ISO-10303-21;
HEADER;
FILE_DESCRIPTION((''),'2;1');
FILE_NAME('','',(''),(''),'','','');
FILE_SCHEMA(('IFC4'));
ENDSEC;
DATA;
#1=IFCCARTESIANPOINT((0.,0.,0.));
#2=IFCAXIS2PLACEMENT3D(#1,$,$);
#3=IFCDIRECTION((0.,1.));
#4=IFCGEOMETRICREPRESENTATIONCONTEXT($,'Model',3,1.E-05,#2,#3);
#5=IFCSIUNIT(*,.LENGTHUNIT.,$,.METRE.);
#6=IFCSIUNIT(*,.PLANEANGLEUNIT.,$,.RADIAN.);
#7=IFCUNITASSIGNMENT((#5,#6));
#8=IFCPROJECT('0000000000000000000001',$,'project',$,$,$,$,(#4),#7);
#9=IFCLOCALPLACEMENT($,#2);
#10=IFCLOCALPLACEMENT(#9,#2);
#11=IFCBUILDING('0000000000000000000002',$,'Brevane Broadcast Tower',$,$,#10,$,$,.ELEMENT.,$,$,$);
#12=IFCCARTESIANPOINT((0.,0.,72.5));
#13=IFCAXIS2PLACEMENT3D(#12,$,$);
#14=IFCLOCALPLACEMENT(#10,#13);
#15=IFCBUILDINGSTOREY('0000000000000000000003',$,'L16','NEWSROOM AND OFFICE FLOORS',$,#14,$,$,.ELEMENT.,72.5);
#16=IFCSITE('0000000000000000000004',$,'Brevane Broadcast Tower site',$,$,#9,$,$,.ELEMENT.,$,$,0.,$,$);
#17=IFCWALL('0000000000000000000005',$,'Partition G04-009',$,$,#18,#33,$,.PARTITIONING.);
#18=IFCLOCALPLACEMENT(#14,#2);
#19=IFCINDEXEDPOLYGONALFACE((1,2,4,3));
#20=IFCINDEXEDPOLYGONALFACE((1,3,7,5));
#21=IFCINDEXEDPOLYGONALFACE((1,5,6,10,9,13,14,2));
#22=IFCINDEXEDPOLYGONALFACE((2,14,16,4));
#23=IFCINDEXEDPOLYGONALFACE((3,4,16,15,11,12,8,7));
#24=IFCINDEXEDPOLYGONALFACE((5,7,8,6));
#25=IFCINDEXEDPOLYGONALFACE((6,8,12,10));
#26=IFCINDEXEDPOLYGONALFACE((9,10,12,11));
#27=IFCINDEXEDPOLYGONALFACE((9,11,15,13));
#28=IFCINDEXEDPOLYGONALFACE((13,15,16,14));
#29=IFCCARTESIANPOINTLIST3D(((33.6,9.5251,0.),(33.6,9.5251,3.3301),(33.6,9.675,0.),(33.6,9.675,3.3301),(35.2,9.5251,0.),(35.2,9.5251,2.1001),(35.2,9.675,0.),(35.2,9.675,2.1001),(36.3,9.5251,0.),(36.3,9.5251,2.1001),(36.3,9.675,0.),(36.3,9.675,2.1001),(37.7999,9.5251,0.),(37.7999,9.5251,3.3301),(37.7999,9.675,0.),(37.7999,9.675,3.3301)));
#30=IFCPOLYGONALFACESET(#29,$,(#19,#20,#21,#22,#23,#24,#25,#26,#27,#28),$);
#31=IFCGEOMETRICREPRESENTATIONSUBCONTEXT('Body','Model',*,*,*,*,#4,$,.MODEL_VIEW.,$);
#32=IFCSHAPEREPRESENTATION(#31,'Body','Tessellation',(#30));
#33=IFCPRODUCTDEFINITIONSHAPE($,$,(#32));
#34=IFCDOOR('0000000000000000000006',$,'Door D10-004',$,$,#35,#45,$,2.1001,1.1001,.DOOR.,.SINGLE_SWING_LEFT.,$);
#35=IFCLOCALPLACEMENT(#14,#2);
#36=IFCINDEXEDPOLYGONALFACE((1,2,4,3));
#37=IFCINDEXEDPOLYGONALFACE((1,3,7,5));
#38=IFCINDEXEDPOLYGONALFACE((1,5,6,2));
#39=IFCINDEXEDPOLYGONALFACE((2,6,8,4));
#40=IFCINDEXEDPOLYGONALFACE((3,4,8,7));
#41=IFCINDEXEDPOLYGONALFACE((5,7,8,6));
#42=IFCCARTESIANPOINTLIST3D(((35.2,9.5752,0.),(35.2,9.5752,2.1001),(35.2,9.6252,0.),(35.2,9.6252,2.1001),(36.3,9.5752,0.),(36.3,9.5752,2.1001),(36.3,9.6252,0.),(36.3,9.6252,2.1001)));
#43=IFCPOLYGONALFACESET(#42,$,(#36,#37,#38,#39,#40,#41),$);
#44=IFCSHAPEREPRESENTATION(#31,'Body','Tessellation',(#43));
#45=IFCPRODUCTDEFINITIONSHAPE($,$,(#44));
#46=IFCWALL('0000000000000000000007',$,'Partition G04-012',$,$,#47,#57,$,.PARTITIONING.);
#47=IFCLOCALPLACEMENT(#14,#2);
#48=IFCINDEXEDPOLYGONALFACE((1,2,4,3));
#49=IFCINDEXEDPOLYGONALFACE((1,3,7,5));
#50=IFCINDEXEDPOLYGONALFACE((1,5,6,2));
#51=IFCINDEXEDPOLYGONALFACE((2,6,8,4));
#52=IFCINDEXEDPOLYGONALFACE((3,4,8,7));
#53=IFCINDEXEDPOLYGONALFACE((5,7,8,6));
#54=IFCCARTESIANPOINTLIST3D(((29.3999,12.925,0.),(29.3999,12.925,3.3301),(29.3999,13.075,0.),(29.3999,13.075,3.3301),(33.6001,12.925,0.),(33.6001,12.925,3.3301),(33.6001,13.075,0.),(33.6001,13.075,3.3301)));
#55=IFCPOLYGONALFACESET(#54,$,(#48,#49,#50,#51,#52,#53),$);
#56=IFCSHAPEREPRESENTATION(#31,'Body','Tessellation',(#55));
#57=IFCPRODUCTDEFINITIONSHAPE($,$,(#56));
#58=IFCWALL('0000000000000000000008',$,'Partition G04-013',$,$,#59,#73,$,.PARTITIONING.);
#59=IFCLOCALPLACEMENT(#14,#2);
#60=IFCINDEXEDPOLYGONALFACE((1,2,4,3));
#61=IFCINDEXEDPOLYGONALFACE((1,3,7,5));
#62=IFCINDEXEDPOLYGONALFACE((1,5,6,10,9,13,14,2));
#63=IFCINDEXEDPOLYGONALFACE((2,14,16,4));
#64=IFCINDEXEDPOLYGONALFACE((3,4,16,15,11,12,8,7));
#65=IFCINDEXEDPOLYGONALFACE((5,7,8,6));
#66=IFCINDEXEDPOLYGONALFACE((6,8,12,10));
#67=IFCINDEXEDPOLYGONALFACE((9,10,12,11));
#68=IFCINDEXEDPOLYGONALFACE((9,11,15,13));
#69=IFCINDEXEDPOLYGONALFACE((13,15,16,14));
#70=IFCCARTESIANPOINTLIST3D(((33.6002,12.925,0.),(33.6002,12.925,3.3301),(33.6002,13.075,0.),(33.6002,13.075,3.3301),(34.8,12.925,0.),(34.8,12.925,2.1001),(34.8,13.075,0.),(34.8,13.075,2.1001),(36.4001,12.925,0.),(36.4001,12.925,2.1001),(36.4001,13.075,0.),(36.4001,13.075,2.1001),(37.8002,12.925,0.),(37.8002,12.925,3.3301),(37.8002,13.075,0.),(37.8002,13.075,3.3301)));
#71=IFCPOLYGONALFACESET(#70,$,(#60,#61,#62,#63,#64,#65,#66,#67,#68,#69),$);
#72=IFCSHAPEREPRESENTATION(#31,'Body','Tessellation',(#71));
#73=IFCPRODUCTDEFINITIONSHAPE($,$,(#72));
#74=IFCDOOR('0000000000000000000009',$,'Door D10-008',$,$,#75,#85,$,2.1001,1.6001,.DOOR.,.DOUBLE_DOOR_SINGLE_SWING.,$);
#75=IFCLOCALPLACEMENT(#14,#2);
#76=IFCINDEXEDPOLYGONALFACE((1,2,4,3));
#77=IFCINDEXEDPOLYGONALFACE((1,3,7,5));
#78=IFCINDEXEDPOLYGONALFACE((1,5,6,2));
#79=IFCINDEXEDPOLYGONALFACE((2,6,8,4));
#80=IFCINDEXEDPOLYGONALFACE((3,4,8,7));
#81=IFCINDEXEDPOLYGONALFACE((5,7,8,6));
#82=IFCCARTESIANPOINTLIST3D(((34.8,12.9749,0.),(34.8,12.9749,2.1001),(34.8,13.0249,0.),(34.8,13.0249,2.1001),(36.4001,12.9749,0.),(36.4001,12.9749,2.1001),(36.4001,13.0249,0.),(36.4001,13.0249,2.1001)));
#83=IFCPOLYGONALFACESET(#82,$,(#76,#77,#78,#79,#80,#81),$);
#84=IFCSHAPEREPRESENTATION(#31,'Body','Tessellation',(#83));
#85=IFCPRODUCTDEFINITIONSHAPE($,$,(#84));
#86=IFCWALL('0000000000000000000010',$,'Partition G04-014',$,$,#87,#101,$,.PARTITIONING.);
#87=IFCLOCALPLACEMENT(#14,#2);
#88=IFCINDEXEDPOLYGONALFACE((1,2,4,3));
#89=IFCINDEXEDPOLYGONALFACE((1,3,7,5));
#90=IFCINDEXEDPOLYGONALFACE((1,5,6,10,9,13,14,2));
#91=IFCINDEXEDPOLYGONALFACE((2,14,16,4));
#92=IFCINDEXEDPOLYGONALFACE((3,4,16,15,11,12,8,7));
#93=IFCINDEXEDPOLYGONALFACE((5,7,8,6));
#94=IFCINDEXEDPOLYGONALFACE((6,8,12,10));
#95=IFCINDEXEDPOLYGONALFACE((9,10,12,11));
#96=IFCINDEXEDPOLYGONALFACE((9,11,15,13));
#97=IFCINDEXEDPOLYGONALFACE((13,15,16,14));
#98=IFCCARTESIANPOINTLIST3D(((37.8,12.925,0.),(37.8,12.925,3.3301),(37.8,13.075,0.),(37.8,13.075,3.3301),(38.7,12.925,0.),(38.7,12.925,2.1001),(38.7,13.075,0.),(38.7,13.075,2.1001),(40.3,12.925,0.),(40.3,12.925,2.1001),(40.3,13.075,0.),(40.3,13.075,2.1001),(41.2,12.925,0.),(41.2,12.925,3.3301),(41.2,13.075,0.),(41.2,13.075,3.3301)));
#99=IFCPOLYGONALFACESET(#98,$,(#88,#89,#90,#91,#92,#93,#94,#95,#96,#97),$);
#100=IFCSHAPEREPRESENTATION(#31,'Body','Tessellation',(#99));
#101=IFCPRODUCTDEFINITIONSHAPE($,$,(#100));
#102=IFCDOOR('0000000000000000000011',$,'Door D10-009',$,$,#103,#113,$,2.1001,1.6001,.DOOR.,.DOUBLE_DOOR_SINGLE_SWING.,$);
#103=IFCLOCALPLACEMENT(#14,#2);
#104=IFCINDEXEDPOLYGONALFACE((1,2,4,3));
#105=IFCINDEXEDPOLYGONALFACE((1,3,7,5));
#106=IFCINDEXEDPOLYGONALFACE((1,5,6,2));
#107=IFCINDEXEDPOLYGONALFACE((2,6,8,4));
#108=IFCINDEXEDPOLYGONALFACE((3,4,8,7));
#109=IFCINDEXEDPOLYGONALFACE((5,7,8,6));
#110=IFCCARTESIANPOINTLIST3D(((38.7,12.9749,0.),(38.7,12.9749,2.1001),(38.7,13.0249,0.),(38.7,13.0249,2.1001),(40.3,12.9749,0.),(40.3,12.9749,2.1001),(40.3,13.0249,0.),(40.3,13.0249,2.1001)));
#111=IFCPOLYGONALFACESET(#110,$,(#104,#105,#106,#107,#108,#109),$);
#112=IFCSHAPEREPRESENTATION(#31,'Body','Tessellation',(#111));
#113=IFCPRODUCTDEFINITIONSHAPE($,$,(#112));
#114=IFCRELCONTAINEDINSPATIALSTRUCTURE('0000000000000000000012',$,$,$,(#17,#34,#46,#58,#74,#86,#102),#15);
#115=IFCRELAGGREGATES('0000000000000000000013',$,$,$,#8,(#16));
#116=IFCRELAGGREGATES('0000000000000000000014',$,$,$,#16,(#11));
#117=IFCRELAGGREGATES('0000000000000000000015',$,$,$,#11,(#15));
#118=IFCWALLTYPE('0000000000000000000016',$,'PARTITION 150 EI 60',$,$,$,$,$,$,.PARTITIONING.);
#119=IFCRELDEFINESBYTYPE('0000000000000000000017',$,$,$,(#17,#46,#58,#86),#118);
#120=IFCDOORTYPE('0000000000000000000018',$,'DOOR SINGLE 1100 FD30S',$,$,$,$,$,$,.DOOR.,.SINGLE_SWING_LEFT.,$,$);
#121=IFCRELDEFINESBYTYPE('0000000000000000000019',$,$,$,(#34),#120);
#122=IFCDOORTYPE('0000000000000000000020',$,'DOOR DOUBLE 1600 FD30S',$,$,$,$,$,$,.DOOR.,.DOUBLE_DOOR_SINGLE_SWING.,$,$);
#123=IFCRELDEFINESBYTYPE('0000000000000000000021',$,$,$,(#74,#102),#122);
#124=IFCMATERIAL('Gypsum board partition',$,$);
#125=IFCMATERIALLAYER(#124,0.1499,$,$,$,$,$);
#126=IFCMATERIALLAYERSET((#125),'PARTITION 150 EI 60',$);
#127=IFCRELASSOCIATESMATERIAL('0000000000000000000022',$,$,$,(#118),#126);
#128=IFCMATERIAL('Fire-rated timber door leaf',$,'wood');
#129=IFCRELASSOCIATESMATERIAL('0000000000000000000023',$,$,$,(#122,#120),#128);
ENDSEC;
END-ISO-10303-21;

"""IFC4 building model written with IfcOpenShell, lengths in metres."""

from ifc_helpers import new_model, si_unit, direction, frame, frame_2d, origin, place, context, subcontext, project, spatial, rectangle, extrude, material, layer, layer_set, type_object, element, fill, save


model = new_model("IFC4")

# Units and contexts
model_context = context("Model", 3, precision=1e-05, world=origin(), true_north=direction((0.0, 1.0)))
body_context = subcontext(model_context, "Body", "Model", "MODEL_VIEW")
ifc_project = project(units=[si_unit("LENGTHUNIT", "METRE"), si_unit("PLANEANGLEUNIT", "RADIAN")], contexts=[model_context])

# Site, building, storey
site_placement = place(None, origin())
site = spatial("IfcSite", under=ifc_project, at=site_placement, Name="Brevane Broadcast Tower site", CompositionType="ELEMENT", RefElevation=0.0)
building_placement = place(site_placement, origin())
building = spatial("IfcBuilding", under=site, at=building_placement, Name="Brevane Broadcast Tower", CompositionType="ELEMENT")
storey_placement = place(building_placement, frame((0.0, 0.0, 72.5)))
storey = spatial("IfcBuildingStorey", under=building, at=storey_placement, Name="L16", Description="NEWSROOM AND OFFICE FLOORS", CompositionType="ELEMENT", Elevation=72.5)

# Shared definitions
ifc_material_1 = material(Name="Gypsum board partition")
ifc_layer_1 = layer(ifc_material_1, 0.1499)
ifc_layer_set_1 = layer_set([ifc_layer_1], Name="PARTITION 150 EI 60")
wall_type_1 = type_object("IfcWallType", Name="PARTITION 150 EI 60", PredefinedType="PARTITIONING", material=ifc_layer_set_1)

# Wall, opening, door
ifc_material_2 = material(Name="Fire-rated timber door leaf", Category="wood")
door_type_1 = type_object("IfcDoorType", Name="DOOR DOUBLE 1600 FD30S", OperationType="DOUBLE_DOOR_SINGLE_SWING", PredefinedType="DOOR", material=ifc_material_2)
wall_1_placement = place(storey_placement, frame((37.8, 9.6001, 0.0), z_axis=(0.0, 0.0, 1.0), x_axis=(-1.0, 0.0, 0.0)))
wall_1 = element("IfcWall", 1, at=wall_1_placement, inside=storey, type_object=wall_type_1, Name="Partition G04-009", PredefinedType="PARTITIONING", context=body_context, shape_type="SweptSolid", body=[
    extrude(rectangle(XDim=4.2, YDim=0.1499, at=frame_2d((2.1001, 0.0))), origin(), (0.0, 0.0, 1.0), 3.3301),
])
opening_1_placement = place(wall_1_placement, frame((1.5, 0.0, 0.0)))
opening_1 = element("IfcOpeningElement", 2, at=opening_1_placement, cuts=wall_1, PredefinedType="OPENING", context=body_context, shape_type="SweptSolid", body=[
    extrude(rectangle(XDim=1.1001, YDim=2.1001, at=frame_2d((0.55, 1.05))), frame((0.0, 0.085, 0.0), z_axis=(0.0, -1.0, 0.0), x_axis=(1.0, 0.0, 0.0)), (0.0, 0.0, 1.0), 0.1699),
])
door_type_2 = type_object("IfcDoorType", Name="DOOR SINGLE 1100 FD30S", OperationType="SINGLE_SWING_LEFT", PredefinedType="DOOR", material=ifc_material_2)
door_1_placement = place(opening_1_placement, origin())
door_1 = element("IfcDoor", 3, at=door_1_placement, inside=storey, type_object=door_type_2, Name="Door D10-004", OperationType="SINGLE_SWING_LEFT", OverallHeight=2.1001, OverallWidth=1.1001, PredefinedType="DOOR", context=body_context, shape_type="SweptSolid", body=[
    extrude(rectangle(XDim=1.1001, YDim=2.1001, at=frame_2d((0.55, 1.05))), frame((0.0, 0.0249, 0.0), z_axis=(0.0, -1.0, 0.0), x_axis=(1.0, 0.0, 0.0)), (0.0, 0.0, 1.0), 0.05),
])
fill(opening_1, door_1)

# Wall
wall_2_placement = place(storey_placement, frame((29.3999, 13.0, 0.0), z_axis=(0.0, 0.0, 1.0), x_axis=(1.0, 0.0, 0.0)))
element("IfcWall", 4, at=wall_2_placement, inside=storey, type_object=wall_type_1, Name="Partition G04-012", PredefinedType="PARTITIONING", context=body_context, shape_type="SweptSolid", body=[
    extrude(rectangle(XDim=4.2002, YDim=0.1499, at=frame_2d((2.1001, 0.0))), origin(), (0.0, 0.0, 1.0), 3.3301),
])

# Walls, openings, doors
wall_3_placement = place(storey_placement, frame((33.6001, 13.0, 0.0), z_axis=(0.0, 0.0, 1.0), x_axis=(1.0, 0.0, 0.0)))
wall_3 = element("IfcWall", 5, at=wall_3_placement, inside=storey, type_object=wall_type_1, Name="Partition G04-013", PredefinedType="PARTITIONING", context=body_context, shape_type="SweptSolid", body=[
    extrude(rectangle(XDim=4.2, YDim=0.1499, at=frame_2d((2.1001, 0.0))), origin(), (0.0, 0.0, 1.0), 3.3301),
])
opening_2_placement = place(wall_3_placement, frame((1.2, 0.0, 0.0)))
opening_2 = element("IfcOpeningElement", 6, at=opening_2_placement, cuts=wall_3, PredefinedType="OPENING", context=body_context, shape_type="SweptSolid", body=[
    extrude(rectangle(XDim=1.6001, YDim=2.1001, at=frame_2d((0.8, 1.05))), frame((0.0, 0.085, 0.0), z_axis=(0.0, -1.0, 0.0), x_axis=(1.0, 0.0, 0.0)), (0.0, 0.0, 1.0), 0.1699),
])
door_2_placement = place(opening_2_placement, origin())
door_2 = element("IfcDoor", 7, at=door_2_placement, inside=storey, type_object=door_type_1, Name="Door D10-008", OperationType="DOUBLE_DOOR_SINGLE_SWING", OverallHeight=2.1001, OverallWidth=1.6001, PredefinedType="DOOR", context=body_context, shape_type="SweptSolid", body=[
    extrude(rectangle(XDim=1.6001, YDim=2.1001, at=frame_2d((0.8, 1.05))), frame((0.0, 0.0249, 0.0), z_axis=(0.0, -1.0, 0.0), x_axis=(1.0, 0.0, 0.0)), (0.0, 0.0, 1.0), 0.05),
])
fill(opening_2, door_2)
wall_4_placement = place(storey_placement, frame((37.8, 13.0, 0.0), z_axis=(0.0, 0.0, 1.0), x_axis=(1.0, 0.0, 0.0)))
wall_4 = element("IfcWall", 8, at=wall_4_placement, inside=storey, type_object=wall_type_1, Name="Partition G04-014", PredefinedType="PARTITIONING", context=body_context, shape_type="SweptSolid", body=[
    extrude(rectangle(XDim=3.3999, YDim=0.1499, at=frame_2d((1.7, 0.0))), origin(), (0.0, 0.0, 1.0), 3.3301),
])
opening_3_placement = place(wall_4_placement, frame((0.8999, 0.0, 0.0)))
opening_3 = element("IfcOpeningElement", 9, at=opening_3_placement, cuts=wall_4, PredefinedType="OPENING", context=body_context, shape_type="SweptSolid", body=[
    extrude(rectangle(XDim=1.6001, YDim=2.1001, at=frame_2d((0.8, 1.05))), frame((0.0, 0.085, 0.0), z_axis=(0.0, -1.0, 0.0), x_axis=(1.0, 0.0, 0.0)), (0.0, 0.0, 1.0), 0.1699),
])
door_3_placement = place(opening_3_placement, origin())
door_3 = element("IfcDoor", 10, at=door_3_placement, inside=storey, type_object=door_type_1, Name="Door D10-009", OperationType="DOUBLE_DOOR_SINGLE_SWING", OverallHeight=2.1001, OverallWidth=1.6001, PredefinedType="DOOR", context=body_context, shape_type="SweptSolid", body=[
    extrude(rectangle(XDim=1.6001, YDim=2.1001, at=frame_2d((0.8, 1.05))), frame((0.0, 0.0249, 0.0), z_axis=(0.0, -1.0, 0.0), x_axis=(1.0, 0.0, 0.0)), (0.0, 0.0, 1.0), 0.05),
])
fill(opening_3, door_3)

save(model, "model.ifc")
